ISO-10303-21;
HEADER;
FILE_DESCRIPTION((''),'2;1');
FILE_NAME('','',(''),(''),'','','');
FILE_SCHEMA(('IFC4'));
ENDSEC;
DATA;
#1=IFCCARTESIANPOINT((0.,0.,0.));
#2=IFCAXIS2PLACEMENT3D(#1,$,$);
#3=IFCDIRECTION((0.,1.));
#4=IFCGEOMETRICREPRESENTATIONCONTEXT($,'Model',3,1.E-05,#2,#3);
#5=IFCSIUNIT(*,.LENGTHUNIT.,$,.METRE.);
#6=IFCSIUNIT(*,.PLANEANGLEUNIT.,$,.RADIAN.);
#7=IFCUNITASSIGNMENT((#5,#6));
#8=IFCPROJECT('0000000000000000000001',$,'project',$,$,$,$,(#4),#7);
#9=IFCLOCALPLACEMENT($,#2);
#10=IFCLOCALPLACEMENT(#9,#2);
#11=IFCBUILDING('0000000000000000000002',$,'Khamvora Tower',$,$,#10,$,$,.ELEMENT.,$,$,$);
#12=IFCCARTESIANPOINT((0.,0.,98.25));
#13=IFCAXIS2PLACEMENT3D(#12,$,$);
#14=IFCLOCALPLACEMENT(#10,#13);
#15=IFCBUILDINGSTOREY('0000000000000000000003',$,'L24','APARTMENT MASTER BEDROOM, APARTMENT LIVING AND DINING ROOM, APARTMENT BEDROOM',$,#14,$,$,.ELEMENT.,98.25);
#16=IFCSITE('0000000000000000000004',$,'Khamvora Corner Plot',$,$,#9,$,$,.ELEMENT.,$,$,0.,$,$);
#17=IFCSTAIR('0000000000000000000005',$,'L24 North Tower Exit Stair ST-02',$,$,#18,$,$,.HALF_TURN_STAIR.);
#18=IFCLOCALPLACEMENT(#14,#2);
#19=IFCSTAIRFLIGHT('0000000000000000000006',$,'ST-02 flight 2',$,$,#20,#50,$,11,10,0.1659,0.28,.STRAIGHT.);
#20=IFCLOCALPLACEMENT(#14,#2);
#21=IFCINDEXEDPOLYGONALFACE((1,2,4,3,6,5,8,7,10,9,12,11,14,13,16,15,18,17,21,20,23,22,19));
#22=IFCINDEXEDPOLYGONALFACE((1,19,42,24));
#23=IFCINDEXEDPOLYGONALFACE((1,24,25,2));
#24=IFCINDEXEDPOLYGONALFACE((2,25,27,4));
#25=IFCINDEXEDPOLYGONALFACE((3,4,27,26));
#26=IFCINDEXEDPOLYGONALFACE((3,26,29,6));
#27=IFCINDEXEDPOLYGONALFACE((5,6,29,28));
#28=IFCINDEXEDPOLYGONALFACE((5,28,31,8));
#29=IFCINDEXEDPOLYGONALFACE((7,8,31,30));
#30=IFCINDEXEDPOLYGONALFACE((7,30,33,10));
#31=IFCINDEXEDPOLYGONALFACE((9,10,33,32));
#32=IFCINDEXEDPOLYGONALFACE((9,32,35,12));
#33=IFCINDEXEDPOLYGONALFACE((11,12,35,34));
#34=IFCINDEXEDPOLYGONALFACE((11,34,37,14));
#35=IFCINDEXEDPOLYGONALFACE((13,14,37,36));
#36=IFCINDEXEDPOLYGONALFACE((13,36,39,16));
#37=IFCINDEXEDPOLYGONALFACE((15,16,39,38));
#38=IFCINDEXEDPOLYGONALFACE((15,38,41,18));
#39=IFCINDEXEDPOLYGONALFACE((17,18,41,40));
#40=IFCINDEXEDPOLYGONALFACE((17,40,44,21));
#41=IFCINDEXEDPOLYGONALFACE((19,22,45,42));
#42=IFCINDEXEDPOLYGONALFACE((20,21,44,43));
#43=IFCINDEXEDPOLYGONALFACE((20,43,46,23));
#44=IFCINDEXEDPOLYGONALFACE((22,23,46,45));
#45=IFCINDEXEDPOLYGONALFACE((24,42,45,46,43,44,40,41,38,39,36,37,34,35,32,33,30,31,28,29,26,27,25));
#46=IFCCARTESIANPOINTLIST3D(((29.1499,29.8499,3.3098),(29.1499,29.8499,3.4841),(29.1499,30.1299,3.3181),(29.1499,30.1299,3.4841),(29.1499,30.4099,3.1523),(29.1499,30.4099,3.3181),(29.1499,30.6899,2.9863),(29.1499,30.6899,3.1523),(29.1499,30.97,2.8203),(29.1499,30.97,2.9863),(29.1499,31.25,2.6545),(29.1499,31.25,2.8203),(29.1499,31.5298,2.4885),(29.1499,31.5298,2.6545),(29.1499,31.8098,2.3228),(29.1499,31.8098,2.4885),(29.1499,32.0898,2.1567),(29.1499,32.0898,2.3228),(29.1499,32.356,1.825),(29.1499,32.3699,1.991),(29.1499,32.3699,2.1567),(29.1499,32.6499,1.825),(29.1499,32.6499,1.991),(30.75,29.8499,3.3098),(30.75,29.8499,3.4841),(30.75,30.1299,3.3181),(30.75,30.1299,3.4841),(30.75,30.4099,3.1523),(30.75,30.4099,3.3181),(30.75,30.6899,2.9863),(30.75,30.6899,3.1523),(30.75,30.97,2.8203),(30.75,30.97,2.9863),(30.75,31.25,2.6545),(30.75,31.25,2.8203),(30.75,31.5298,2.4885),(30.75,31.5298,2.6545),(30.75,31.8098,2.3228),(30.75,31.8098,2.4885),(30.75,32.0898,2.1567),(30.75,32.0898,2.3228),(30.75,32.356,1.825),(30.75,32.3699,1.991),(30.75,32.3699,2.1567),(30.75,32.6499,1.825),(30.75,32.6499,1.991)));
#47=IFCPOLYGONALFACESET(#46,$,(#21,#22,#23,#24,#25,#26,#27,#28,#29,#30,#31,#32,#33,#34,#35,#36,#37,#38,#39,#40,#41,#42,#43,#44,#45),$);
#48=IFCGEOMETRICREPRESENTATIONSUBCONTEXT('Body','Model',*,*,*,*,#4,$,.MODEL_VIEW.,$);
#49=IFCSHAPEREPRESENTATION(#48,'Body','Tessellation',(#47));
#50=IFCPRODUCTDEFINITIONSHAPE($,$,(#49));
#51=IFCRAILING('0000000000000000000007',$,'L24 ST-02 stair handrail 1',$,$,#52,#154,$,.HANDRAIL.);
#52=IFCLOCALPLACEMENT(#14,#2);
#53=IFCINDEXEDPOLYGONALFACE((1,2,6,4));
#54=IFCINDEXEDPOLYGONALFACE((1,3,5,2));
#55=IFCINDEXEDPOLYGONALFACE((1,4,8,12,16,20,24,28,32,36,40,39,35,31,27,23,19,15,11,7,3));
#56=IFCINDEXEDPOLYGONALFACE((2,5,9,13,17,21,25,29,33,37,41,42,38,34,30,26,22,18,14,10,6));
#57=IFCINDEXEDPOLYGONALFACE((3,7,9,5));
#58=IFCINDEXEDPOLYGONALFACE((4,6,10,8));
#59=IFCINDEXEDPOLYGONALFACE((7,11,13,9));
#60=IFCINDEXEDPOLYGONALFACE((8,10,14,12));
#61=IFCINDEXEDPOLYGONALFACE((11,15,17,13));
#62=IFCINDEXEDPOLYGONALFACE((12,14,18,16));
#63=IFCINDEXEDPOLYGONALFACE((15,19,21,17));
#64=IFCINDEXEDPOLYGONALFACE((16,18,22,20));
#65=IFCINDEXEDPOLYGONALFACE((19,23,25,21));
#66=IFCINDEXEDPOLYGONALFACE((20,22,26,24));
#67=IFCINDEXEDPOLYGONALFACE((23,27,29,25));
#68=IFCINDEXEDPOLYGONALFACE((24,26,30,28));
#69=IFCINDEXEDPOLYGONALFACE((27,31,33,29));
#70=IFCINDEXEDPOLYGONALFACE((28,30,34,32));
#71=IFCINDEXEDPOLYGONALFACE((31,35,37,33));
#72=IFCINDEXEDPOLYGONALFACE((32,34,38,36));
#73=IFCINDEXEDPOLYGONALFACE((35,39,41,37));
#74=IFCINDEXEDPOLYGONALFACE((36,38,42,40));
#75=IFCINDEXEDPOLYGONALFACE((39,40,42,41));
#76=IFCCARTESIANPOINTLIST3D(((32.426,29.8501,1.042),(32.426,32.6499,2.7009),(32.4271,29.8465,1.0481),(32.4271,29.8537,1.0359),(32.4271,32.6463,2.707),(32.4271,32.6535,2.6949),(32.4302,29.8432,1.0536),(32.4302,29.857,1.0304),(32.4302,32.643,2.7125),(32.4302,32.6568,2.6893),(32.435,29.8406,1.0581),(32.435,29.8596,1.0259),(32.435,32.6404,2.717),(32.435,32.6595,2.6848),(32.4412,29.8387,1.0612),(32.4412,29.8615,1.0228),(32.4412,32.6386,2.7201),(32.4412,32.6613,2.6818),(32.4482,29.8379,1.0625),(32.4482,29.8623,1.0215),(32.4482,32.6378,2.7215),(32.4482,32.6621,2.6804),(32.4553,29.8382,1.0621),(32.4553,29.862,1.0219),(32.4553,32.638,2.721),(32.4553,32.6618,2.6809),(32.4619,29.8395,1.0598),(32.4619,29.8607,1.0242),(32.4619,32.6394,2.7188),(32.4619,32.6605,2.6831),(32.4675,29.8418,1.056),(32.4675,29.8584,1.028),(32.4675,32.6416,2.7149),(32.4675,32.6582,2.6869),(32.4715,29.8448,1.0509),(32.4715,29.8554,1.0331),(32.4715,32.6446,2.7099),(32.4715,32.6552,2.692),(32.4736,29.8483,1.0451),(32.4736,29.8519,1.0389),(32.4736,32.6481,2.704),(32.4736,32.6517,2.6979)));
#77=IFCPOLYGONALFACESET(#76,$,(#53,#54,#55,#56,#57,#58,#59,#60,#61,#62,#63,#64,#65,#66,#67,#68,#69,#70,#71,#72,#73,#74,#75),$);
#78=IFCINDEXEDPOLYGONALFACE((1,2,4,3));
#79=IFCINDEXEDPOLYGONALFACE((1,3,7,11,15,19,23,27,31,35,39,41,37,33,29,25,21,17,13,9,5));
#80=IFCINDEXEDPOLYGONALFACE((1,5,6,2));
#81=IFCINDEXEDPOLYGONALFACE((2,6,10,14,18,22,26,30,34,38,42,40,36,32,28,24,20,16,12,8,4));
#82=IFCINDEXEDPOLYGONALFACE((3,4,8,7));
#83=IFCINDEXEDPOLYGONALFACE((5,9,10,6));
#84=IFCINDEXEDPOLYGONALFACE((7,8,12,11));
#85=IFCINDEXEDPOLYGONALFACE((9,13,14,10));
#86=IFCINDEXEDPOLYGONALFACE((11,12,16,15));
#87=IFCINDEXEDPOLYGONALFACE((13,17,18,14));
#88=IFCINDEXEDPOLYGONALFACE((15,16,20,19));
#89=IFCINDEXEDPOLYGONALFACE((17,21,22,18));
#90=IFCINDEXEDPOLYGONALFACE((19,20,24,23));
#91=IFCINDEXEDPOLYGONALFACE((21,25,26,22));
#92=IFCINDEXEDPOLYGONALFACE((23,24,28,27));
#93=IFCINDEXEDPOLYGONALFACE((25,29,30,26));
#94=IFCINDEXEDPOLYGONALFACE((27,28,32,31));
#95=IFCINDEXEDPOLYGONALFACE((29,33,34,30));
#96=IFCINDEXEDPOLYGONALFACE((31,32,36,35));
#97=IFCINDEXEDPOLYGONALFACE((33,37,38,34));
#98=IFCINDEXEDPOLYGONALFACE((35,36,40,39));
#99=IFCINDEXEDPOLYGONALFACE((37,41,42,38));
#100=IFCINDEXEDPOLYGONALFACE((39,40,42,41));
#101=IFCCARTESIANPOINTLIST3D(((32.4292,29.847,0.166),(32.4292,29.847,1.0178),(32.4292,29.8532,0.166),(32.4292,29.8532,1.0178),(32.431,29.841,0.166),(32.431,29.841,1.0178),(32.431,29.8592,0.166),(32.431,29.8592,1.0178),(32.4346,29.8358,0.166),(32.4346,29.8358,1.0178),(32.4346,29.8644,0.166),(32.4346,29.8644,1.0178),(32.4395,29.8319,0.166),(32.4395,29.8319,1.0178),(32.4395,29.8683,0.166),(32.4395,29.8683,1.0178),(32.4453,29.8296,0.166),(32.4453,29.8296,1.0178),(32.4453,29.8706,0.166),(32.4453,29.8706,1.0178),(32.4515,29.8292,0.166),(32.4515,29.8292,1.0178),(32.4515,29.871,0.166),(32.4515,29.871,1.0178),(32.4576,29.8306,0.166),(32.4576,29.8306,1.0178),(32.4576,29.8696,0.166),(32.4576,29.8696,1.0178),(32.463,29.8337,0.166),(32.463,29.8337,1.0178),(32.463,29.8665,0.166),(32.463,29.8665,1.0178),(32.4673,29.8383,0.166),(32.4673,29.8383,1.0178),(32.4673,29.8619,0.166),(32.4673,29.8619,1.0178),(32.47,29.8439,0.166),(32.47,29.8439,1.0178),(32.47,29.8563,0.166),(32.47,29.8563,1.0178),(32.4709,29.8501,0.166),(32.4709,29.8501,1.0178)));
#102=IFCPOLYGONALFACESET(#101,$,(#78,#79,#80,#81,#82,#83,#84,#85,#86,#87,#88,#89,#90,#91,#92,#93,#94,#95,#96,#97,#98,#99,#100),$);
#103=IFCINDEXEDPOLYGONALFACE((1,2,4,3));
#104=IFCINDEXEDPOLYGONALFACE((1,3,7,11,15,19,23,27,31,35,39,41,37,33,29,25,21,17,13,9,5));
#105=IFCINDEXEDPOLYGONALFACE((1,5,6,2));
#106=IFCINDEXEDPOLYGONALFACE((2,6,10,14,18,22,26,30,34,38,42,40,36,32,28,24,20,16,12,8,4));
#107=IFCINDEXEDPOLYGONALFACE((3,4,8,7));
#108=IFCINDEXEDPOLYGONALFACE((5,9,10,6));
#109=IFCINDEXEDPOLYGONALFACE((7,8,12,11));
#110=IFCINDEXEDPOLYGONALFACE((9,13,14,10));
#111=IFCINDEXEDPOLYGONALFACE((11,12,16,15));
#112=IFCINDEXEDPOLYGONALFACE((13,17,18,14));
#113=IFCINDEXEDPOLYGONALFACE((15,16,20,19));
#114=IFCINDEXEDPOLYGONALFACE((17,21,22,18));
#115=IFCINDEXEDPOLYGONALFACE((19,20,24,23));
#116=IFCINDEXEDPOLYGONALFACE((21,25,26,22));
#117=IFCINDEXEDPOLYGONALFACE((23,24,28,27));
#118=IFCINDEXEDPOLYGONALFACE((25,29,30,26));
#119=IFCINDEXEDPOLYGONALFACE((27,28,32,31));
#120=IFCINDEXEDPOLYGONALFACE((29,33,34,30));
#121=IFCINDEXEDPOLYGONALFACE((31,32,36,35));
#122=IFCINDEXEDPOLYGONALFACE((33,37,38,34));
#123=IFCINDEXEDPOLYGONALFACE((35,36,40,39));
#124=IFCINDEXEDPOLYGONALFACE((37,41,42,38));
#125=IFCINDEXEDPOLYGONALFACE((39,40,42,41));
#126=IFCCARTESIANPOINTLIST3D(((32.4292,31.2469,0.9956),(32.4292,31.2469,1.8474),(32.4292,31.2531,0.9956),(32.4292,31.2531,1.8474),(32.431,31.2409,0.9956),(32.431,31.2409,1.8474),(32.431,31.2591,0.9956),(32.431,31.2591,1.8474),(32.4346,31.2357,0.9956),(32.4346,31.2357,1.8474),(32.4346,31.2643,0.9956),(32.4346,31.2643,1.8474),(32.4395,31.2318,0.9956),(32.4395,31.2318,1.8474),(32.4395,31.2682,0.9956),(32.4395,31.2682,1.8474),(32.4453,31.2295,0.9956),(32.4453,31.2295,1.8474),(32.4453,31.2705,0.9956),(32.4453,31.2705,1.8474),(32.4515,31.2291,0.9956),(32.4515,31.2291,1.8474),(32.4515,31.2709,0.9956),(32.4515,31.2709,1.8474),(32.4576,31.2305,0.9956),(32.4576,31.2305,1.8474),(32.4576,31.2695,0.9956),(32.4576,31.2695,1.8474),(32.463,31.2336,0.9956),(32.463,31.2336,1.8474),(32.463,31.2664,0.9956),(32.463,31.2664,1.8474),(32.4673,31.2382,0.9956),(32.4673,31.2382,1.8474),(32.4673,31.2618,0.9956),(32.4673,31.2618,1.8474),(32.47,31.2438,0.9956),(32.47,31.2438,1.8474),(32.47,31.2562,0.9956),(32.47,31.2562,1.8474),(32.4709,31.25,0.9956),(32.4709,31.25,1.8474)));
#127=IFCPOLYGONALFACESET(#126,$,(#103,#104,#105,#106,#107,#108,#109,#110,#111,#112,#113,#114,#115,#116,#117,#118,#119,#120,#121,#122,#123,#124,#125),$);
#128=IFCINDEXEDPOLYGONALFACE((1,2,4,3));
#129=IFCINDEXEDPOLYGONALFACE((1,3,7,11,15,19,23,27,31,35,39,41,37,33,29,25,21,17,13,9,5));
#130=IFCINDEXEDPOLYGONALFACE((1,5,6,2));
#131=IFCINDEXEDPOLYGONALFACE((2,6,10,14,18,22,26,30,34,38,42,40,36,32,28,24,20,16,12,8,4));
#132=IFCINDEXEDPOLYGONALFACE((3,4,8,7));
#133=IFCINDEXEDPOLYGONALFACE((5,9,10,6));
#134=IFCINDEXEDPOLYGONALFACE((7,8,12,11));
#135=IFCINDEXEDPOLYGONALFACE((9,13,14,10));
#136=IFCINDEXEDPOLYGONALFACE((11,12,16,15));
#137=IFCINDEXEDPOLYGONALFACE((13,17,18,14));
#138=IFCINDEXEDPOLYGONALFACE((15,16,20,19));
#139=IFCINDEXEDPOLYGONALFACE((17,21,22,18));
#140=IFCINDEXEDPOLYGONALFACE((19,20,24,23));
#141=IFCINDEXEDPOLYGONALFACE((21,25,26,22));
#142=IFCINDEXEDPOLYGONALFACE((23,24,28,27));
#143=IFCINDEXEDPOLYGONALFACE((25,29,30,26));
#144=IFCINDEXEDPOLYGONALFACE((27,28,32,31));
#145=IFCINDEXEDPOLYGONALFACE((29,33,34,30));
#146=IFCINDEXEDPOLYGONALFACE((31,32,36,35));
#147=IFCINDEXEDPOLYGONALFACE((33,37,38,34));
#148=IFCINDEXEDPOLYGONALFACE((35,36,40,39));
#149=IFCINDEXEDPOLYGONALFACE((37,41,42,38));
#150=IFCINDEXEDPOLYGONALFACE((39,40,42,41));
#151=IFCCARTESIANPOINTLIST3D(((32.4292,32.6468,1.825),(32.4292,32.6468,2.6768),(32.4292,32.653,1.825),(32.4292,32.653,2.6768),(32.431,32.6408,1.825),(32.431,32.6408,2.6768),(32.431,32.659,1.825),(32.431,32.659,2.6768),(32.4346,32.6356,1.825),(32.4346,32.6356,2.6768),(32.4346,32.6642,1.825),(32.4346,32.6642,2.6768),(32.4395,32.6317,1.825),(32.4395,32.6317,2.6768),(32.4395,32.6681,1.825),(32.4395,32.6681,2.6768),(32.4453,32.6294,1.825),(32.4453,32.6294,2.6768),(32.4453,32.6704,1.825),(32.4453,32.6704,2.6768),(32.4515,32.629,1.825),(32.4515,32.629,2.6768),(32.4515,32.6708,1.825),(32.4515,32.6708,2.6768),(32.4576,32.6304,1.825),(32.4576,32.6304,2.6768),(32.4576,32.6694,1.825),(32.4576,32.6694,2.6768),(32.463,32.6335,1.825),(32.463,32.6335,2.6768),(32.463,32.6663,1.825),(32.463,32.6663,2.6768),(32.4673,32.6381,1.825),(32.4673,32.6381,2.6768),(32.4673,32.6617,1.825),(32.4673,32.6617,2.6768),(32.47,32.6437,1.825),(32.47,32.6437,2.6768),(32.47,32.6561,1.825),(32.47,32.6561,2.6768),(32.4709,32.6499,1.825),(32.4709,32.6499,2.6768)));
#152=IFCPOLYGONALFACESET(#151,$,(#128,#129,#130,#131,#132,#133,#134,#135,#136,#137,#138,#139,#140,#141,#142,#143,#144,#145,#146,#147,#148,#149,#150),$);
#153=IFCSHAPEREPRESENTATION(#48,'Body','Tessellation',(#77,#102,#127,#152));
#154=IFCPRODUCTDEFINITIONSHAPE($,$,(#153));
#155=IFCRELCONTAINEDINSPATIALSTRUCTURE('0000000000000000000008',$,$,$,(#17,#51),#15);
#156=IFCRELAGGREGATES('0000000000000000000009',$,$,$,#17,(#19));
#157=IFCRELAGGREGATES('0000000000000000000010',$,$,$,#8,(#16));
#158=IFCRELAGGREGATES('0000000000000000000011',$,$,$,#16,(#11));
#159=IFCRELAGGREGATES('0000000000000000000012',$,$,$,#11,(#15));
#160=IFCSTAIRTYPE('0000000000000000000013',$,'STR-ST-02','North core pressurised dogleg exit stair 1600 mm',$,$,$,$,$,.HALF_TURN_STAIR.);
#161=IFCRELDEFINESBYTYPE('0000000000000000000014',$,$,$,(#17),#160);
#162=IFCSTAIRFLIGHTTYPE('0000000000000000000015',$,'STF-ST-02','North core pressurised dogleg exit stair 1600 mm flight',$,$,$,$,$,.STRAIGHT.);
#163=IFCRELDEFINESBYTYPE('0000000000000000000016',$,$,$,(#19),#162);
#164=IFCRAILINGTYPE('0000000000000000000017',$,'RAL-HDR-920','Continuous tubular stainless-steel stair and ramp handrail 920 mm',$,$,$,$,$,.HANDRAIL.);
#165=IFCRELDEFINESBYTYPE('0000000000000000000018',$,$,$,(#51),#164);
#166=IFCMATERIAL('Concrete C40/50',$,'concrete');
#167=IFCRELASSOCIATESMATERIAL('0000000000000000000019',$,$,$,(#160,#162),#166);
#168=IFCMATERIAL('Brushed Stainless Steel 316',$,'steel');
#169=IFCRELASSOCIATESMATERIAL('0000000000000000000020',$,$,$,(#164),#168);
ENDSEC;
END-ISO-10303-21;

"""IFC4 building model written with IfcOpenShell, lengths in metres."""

from ifc_helpers import new_model, si_unit, direction, frame, origin, origin_2d, place, context, subcontext, project, spatial, polyline, circle, outline, extrude, material, type_object, element, aggregate, save


model = new_model("IFC4")

# Units and contexts
model_context = context("Model", 3, precision=1e-05, world=origin(), true_north=direction((0.0, 1.0)))
body_context = subcontext(model_context, "Body", "Model", "MODEL_VIEW")
ifc_project = project(units=[si_unit("LENGTHUNIT", "METRE"), si_unit("PLANEANGLEUNIT", "RADIAN")], contexts=[model_context])

# Site, building, storey
site_placement = place(None, origin())
site = spatial("IfcSite", under=ifc_project, at=site_placement, Name="Khamvora Corner Plot", CompositionType="ELEMENT", RefElevation=0.0)
building_placement = place(site_placement, origin())
building = spatial("IfcBuilding", under=site, at=building_placement, Name="Khamvora Tower", CompositionType="ELEMENT")
storey_placement = place(building_placement, frame((0.0, 0.0, 98.25)))
storey = spatial("IfcBuildingStorey", under=building, at=storey_placement, Name="L24", Description="APARTMENT MASTER BEDROOM, APARTMENT LIVING AND DINING ROOM, APARTMENT BEDROOM", CompositionType="ELEMENT", Elevation=98.25)

# Shared definitions
ifc_material_1 = material(Name="Concrete C40/50", Category="concrete")

# Stair, stair flight
stair_type = type_object("IfcStairType", Name="STR-ST-02", Description="North core pressurised dogleg exit stair 1600 mm", PredefinedType="HALF_TURN_STAIR", material=ifc_material_1)
stair_placement = place(storey_placement, origin())
stair = element("IfcStair", 1, at=stair_placement, inside=storey, type_object=stair_type, Name="L24 North Tower Exit Stair ST-02", PredefinedType="HALF_TURN_STAIR")
stair_flight_type = type_object("IfcStairFlightType", Name="STF-ST-02", Description="North core pressurised dogleg exit stair 1600 mm flight", PredefinedType="STRAIGHT", material=ifc_material_1)
stair_flight_1_placement = place(storey_placement, frame((29.95, 32.6499, 1.825), z_axis=(0.0, 0.0, 1.0), x_axis=(0.0, -1.0, 0.0)))
stair_flight_1 = element("IfcStairFlight", 2, at=stair_flight_1_placement, type_object=stair_flight_type, Name="ST-02 flight 2", NumberOfRisers=11, NumberOfTreads=10, PredefinedType="STRAIGHT", RiserHeight=0.1659, TreadLength=0.28, context=body_context, shape_type="SweptSolid", body=[
    extrude(outline(polyline([(0.0, 0.0), (0.0, 0.166), (0.28, 0.166), (0.28, 0.3318), (0.5601, 0.3318), (0.5601, 0.4978), (0.8401, 0.4978), (0.8401, 0.6636), (1.1201, 0.6636), (1.1201, 0.8296), (1.3999, 0.8296), (1.3999, 0.9954), (1.6799, 0.9954), (1.6799, 1.1614), (1.96, 1.1614), (1.96, 1.3274), (2.24, 1.3274), (2.24, 1.4932), (2.52, 1.4932), (2.52, 1.6592), (2.8, 1.6592), (2.8, 1.825), (2.8, 1.4849), (0.2939, 0.0), (0.0, 0.0)])), frame((0.0, 0.8, 0.0), z_axis=(0.0, -1.0, 0.0), x_axis=(1.0, 0.0, 0.0)), (0.0, 0.0, 1.0), 1.6001),
])
aggregate(stair, [stair_flight_1])

# Railing
ifc_material_2 = material(Name="Brushed Stainless Steel 316", Category="steel")
railing_type_1 = type_object("IfcRailingType", Name="RAL-HDR-920", Description="Continuous tubular stainless-steel stair and ramp handrail 920 mm", PredefinedType="HANDRAIL", material=ifc_material_2)
railing_1_placement = place(storey_placement, frame((32.45, 29.8501, 0.166)))
element("IfcRailing", 3, at=railing_1_placement, inside=storey, type_object=railing_type_1, Name="L24 ST-02 stair handrail 1", PredefinedType="HANDRAIL", context=body_context, shape_type="SweptSolid", body=[
    extrude(circle(Radius=0.0239, at=origin_2d()), frame((0.0, 0.0, 0.876), z_axis=(0.0, 0.86032, 0.509755), x_axis=(-1.0, 0.0, 0.0)), (0.0, 0.0, 1.0), 3.2544),
    extrude(circle(Radius=0.021, at=origin_2d()), origin(), (0.0, 0.0, 1.0), 0.8518),
    extrude(circle(Radius=0.021, at=origin_2d()), frame((0.0, 1.3999, 0.8296)), (0.0, 0.0, 1.0), 0.8518),
    extrude(circle(Radius=0.021, at=origin_2d()), frame((0.0, 2.7998, 1.6589)), (0.0, 0.0, 1.0), 0.8518),
])

save(model, "model.ifc")
